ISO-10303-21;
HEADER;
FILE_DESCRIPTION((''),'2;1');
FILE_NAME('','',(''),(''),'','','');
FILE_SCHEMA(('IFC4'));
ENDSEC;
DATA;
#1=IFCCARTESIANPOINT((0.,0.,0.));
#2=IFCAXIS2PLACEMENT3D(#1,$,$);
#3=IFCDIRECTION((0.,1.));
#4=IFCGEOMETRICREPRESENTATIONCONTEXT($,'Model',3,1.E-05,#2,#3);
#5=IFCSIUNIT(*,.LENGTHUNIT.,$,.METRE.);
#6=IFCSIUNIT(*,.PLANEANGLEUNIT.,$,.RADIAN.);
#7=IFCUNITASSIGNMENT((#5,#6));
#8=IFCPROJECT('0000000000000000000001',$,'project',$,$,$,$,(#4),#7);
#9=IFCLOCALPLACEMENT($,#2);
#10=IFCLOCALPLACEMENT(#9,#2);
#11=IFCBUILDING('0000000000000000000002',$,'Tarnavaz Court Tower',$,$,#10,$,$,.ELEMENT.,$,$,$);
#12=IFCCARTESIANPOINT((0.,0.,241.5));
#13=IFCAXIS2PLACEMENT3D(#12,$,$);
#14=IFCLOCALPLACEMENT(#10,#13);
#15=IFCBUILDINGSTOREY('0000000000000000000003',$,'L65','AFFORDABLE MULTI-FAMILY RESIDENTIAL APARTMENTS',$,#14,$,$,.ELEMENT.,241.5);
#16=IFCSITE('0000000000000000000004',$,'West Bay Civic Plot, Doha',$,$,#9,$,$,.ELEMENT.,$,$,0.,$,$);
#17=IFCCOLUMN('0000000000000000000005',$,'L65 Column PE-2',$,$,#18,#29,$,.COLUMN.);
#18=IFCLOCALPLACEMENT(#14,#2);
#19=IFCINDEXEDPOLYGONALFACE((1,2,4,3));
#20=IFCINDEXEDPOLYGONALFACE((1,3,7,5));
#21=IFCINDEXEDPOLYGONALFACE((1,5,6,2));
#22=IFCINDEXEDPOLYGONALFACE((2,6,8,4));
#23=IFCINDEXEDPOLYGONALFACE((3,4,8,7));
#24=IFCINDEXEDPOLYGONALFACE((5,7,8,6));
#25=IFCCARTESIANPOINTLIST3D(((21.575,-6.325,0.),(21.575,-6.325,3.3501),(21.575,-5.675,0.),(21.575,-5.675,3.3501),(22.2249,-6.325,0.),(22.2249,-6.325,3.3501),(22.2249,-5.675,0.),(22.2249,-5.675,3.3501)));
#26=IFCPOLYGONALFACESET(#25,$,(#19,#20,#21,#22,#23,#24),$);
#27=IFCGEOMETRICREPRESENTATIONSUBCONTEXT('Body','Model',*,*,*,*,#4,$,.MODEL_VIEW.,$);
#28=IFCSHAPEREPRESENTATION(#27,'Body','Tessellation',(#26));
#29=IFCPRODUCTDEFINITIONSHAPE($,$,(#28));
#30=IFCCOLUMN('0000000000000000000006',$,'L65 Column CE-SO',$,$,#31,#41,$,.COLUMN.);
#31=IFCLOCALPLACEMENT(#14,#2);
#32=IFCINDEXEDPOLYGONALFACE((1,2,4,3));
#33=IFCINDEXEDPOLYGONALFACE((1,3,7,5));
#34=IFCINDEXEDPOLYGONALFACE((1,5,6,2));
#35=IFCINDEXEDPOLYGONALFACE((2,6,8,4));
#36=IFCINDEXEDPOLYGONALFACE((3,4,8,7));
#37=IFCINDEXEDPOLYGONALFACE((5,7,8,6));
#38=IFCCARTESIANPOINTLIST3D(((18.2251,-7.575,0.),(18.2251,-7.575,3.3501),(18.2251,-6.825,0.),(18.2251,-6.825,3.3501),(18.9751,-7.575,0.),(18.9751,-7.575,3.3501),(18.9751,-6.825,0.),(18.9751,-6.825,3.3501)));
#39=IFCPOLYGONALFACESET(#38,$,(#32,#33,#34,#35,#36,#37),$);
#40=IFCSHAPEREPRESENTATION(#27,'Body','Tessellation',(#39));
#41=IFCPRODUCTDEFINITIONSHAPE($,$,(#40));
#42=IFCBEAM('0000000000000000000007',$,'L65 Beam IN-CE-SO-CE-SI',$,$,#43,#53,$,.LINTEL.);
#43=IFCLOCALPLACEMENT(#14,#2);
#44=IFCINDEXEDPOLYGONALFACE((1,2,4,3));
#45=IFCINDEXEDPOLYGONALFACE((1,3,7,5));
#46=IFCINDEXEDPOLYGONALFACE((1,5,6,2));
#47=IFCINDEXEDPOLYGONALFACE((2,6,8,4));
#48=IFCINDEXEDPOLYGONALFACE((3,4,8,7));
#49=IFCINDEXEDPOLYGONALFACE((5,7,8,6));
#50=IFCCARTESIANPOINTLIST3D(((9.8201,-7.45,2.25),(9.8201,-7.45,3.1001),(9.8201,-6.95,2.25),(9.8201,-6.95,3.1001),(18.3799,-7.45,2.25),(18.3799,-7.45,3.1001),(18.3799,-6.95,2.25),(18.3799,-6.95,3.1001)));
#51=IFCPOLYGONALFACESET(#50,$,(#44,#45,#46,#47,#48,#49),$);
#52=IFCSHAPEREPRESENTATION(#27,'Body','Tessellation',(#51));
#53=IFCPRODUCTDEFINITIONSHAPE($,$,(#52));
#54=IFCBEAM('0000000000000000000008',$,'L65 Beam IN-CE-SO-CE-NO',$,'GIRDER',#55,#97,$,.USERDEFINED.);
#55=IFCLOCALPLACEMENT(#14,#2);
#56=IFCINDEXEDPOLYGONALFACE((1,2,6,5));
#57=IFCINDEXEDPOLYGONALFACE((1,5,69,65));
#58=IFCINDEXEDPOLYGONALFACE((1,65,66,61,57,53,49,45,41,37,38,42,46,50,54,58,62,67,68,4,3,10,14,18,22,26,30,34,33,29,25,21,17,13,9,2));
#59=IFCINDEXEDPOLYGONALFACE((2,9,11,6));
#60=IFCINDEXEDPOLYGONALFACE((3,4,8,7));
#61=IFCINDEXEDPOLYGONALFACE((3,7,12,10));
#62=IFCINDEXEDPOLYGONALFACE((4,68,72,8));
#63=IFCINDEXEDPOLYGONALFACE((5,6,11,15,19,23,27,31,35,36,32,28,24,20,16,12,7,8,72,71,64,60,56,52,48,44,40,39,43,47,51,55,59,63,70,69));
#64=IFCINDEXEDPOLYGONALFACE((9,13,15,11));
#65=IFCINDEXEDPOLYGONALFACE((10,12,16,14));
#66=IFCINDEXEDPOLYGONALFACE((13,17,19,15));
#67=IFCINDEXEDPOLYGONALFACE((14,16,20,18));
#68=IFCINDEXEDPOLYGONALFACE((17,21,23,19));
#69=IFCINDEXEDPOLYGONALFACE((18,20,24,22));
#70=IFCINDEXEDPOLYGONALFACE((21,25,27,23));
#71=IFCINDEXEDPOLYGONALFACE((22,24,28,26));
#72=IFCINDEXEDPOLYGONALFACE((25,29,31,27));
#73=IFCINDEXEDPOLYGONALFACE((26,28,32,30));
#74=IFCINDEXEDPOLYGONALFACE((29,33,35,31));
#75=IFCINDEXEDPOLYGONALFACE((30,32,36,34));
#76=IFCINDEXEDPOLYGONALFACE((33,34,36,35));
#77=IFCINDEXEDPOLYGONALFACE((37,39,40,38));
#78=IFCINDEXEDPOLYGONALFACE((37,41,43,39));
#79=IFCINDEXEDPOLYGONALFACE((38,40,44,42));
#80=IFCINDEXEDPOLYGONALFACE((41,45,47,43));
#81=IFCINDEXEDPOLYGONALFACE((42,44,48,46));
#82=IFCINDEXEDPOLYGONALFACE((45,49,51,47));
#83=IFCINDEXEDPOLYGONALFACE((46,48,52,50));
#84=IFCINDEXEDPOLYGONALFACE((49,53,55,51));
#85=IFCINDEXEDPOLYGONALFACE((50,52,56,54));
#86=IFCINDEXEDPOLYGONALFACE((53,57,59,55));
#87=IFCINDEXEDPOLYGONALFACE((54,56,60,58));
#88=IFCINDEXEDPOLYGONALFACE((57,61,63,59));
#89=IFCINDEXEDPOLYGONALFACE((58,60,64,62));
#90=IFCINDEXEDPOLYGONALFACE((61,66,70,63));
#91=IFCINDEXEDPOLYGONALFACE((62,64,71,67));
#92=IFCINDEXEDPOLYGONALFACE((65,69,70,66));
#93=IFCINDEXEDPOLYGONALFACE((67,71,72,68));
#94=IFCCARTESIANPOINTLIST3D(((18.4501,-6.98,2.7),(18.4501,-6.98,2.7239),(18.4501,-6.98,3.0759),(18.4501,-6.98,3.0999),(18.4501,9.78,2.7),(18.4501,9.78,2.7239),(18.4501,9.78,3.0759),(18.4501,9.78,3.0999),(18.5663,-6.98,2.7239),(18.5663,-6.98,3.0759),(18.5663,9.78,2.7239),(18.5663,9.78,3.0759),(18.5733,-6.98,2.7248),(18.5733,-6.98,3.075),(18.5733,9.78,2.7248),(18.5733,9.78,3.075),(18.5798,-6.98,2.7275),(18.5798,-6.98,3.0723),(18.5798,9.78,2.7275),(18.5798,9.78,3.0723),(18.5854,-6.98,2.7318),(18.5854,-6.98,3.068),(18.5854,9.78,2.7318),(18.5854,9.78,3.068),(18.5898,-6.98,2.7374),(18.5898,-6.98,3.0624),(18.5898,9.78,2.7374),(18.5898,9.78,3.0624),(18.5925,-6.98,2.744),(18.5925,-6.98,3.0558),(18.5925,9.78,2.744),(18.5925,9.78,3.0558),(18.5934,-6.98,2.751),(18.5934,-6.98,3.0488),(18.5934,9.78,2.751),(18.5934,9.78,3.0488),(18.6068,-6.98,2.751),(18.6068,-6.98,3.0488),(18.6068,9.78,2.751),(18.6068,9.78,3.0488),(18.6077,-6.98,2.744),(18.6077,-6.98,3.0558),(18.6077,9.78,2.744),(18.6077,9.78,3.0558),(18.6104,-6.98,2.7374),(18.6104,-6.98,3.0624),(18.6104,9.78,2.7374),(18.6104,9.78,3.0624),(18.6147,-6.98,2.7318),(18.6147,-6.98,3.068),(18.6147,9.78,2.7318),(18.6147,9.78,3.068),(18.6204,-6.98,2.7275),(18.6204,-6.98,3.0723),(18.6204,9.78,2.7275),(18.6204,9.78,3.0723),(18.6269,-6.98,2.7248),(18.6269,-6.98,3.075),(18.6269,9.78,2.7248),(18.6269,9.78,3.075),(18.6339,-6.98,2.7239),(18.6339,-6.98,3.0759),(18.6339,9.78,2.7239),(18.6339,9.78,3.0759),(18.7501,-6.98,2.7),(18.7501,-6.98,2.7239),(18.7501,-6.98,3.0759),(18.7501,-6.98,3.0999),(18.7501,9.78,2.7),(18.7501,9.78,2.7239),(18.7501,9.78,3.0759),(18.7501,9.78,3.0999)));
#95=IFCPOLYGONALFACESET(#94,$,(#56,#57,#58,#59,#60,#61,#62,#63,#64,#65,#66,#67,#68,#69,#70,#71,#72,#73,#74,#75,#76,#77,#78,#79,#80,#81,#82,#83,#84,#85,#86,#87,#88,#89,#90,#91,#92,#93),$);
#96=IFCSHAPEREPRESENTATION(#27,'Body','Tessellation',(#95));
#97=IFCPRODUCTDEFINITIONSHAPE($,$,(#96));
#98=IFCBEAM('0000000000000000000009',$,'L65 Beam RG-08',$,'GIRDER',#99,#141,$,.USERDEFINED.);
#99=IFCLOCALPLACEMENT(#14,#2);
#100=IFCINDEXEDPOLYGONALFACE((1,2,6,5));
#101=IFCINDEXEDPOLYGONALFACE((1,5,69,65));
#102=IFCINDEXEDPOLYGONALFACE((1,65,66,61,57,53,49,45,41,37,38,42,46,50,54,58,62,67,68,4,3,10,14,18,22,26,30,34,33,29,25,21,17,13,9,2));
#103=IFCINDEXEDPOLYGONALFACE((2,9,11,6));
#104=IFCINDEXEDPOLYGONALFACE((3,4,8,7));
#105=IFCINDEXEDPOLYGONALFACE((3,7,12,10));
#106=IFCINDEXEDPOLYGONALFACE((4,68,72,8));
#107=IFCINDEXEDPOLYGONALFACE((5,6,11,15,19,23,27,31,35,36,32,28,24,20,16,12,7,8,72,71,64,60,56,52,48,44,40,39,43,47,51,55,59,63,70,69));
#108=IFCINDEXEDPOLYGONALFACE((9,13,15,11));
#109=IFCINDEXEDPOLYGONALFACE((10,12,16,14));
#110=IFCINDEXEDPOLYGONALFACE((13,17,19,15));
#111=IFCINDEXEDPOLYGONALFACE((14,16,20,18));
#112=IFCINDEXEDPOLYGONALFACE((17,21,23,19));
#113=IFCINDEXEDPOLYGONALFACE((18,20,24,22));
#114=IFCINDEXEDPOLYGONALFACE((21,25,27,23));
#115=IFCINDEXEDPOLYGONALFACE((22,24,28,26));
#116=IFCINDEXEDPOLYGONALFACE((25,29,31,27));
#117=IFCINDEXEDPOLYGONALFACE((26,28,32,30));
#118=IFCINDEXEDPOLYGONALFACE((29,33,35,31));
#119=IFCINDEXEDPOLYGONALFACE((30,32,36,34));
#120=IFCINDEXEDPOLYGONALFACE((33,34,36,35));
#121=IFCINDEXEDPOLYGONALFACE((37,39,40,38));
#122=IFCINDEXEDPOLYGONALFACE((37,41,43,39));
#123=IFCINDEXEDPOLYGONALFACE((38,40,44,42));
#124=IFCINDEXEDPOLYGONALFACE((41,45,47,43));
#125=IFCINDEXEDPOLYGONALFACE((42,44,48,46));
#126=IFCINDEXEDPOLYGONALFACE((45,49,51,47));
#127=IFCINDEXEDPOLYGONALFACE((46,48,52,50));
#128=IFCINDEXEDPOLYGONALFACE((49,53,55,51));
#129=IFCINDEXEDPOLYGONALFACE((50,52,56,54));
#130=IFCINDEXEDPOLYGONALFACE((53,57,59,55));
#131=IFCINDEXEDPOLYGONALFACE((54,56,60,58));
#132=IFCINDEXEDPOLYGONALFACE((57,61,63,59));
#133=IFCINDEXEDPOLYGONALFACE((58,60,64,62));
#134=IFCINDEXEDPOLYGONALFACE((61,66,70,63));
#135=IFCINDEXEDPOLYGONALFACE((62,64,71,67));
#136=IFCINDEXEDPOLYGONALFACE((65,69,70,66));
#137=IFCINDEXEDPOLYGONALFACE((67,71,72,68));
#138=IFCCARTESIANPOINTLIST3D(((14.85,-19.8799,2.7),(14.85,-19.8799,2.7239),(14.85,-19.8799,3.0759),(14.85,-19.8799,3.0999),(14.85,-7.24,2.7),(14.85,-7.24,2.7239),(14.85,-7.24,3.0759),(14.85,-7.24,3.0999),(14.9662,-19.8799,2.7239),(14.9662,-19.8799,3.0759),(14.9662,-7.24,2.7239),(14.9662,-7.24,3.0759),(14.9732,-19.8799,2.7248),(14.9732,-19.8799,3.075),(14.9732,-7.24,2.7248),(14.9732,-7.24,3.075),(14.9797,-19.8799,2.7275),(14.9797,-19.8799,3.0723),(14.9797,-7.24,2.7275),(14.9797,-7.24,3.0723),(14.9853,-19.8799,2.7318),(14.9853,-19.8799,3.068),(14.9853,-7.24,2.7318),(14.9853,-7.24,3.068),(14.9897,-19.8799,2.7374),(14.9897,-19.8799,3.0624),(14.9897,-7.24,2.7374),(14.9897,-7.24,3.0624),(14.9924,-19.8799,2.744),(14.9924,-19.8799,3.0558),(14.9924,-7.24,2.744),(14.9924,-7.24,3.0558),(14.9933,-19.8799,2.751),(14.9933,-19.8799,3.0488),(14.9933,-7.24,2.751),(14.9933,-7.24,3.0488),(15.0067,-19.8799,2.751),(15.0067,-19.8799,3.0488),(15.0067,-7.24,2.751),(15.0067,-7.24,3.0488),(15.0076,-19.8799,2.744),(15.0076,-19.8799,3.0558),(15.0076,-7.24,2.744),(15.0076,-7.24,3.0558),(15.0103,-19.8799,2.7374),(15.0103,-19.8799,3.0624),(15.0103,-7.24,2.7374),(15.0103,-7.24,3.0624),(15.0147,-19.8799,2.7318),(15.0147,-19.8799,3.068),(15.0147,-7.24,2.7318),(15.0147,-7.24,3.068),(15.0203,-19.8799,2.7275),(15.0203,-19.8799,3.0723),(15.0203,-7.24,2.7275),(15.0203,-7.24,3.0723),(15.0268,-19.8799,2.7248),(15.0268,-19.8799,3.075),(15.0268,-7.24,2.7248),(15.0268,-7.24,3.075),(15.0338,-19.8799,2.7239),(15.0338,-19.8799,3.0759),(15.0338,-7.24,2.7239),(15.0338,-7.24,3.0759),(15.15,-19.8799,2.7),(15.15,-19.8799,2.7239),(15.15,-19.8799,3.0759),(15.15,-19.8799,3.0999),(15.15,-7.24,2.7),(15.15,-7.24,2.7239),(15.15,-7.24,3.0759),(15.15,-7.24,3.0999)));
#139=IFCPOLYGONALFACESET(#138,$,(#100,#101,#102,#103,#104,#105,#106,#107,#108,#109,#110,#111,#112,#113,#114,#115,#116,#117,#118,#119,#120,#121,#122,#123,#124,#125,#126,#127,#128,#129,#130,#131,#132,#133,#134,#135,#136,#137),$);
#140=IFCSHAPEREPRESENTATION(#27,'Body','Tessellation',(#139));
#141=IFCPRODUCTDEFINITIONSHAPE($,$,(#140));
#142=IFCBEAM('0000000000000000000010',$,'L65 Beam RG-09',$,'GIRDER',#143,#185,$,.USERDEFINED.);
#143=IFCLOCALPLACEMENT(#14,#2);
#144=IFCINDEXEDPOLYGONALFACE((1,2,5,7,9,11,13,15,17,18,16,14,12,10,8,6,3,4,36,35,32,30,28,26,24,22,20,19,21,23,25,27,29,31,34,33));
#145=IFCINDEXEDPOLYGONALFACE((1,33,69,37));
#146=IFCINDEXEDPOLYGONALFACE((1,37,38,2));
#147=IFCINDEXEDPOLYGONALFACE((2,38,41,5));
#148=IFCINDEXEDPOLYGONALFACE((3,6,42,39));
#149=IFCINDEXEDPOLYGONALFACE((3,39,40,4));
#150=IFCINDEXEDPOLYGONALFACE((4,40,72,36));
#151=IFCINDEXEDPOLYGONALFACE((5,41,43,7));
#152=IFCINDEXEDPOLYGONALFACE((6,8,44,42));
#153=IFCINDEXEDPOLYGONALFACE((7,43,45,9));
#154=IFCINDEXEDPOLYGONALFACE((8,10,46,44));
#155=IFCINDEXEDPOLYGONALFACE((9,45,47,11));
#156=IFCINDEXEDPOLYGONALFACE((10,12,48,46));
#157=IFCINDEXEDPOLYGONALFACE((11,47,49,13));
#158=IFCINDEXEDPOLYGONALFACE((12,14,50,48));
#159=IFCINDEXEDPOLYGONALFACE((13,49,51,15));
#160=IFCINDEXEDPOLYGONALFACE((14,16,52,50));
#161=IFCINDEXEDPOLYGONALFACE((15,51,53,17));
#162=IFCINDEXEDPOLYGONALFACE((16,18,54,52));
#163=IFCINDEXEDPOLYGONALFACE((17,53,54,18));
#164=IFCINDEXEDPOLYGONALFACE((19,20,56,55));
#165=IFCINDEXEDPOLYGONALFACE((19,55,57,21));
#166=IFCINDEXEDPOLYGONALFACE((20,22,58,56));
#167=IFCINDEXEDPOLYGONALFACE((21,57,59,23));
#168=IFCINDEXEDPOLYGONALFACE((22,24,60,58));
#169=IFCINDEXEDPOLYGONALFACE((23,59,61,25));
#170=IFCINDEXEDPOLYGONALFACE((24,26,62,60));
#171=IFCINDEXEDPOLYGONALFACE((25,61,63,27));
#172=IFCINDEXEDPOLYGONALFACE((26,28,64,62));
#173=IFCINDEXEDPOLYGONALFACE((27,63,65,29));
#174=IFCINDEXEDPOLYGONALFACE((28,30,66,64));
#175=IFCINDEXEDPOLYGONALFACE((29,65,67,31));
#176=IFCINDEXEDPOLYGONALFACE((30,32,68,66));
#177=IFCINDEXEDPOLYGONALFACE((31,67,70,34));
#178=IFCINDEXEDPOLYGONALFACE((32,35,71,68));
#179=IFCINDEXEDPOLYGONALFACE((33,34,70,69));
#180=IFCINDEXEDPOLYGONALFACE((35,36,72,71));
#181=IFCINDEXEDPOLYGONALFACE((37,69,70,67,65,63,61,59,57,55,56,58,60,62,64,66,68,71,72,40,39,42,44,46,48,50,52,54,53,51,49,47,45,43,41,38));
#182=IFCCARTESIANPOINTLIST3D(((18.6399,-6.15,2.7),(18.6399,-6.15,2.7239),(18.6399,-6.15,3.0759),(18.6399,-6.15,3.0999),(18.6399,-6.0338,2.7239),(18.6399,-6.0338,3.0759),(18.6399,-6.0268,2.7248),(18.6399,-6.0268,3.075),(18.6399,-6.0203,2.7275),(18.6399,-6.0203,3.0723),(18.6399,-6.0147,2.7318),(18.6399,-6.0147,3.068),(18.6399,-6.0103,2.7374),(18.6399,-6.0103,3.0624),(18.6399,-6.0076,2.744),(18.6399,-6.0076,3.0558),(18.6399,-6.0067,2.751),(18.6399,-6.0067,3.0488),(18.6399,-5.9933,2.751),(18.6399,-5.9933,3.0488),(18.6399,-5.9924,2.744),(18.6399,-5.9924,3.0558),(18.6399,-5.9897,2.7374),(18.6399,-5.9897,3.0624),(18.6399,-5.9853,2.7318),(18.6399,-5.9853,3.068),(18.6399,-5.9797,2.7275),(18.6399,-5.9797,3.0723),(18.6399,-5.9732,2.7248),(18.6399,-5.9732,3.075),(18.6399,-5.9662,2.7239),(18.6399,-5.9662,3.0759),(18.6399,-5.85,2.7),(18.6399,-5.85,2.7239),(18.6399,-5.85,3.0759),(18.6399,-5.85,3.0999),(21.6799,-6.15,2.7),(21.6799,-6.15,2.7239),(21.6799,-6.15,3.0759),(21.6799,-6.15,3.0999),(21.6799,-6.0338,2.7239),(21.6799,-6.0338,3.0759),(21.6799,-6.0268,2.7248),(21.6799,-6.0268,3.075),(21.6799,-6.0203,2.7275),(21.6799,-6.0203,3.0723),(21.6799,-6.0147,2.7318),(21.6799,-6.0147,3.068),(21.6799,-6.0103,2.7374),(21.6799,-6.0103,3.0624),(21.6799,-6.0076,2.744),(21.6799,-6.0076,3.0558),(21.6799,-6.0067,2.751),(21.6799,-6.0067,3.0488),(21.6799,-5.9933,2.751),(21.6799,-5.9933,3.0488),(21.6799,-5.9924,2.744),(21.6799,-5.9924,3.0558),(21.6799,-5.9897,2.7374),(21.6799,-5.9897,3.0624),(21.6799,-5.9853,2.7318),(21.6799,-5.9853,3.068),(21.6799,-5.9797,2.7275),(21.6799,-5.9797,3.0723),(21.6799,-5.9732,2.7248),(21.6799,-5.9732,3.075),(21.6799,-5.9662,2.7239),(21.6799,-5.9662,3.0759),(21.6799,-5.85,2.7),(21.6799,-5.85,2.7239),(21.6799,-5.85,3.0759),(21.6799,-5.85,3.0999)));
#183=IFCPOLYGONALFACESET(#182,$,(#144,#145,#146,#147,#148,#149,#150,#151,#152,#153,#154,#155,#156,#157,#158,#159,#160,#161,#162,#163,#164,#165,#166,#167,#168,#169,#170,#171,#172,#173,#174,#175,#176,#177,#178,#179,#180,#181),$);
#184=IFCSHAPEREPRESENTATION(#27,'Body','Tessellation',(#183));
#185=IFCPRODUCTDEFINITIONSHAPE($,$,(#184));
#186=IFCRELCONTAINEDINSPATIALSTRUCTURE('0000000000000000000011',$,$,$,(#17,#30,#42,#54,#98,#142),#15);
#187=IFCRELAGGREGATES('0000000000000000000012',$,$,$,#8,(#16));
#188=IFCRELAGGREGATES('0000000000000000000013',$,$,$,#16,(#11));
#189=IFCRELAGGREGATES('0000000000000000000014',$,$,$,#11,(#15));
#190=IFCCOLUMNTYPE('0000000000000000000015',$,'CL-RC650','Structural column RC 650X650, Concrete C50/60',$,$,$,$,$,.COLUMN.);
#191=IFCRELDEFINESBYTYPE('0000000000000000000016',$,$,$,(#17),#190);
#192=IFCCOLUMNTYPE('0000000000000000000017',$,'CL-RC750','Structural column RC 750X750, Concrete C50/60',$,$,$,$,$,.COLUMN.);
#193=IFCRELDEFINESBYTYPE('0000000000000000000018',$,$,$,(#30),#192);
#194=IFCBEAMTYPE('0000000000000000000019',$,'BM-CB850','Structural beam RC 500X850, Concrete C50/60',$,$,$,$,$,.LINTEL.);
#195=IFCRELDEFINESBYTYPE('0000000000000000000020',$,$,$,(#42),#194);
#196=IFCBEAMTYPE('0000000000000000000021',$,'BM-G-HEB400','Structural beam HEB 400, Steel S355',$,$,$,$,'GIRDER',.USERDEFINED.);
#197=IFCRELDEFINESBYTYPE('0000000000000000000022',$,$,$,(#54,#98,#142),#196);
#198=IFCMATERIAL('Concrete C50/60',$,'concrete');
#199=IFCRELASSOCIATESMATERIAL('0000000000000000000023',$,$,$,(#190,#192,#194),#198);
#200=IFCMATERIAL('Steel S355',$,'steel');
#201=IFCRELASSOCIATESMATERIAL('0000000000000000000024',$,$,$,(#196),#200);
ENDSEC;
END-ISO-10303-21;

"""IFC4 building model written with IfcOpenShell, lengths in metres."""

from ifc_helpers import new_model, si_unit, direction, frame, origin, origin_2d, place, context, subcontext, project, spatial, rectangle, i_section, extrude, material, material_profile, profile_set, type_object, element, save


model = new_model("IFC4")

# Units and contexts
model_context = context("Model", 3, precision=1e-05, world=origin(), true_north=direction((0.0, 1.0)))
body_context = subcontext(model_context, "Body", "Model", "MODEL_VIEW")
ifc_project = project(units=[si_unit("LENGTHUNIT", "METRE"), si_unit("PLANEANGLEUNIT", "RADIAN")], contexts=[model_context])

# Site, building, storey
site_placement = place(None, origin())
site = spatial("IfcSite", under=ifc_project, at=site_placement, Name="West Bay Civic Plot, Doha", CompositionType="ELEMENT", RefElevation=0.0)
building_placement = place(site_placement, origin())
building = spatial("IfcBuilding", under=site, at=building_placement, Name="Tarnavaz Court Tower", CompositionType="ELEMENT")
storey_placement = place(building_placement, frame((0.0, 0.0, 241.5)))
storey = spatial("IfcBuildingStorey", under=building, at=storey_placement, Name="L65", Description="AFFORDABLE MULTI-FAMILY RESIDENTIAL APARTMENTS", CompositionType="ELEMENT", Elevation=241.5)

# Columns
ifc_material_1 = material(Name="Concrete C50/60", Category="concrete")
ifc_material_profile_1 = material_profile(ifc_material_1, rectangle(XDim=0.6499, YDim=0.6499, at=origin_2d()), Name="RC 650X650")
ifc_profile_set_1 = profile_set([ifc_material_profile_1], Name="Concrete C50/60")
column_type_1 = type_object("IfcColumnType", Name="CL-RC650", Description="Structural column RC 650X650, Concrete C50/60", PredefinedType="COLUMN", material=ifc_profile_set_1)
column_1_placement = place(storey_placement, frame((21.8999, -6.0, 0.0), z_axis=(0.0, 0.0, 1.0), x_axis=(1.0, 0.0, 0.0)))
element("IfcColumn", 1, at=column_1_placement, inside=storey, type_object=column_type_1, Name="L65 Column PE-2", PredefinedType="COLUMN", context=body_context, shape_type="SweptSolid", body=[
    extrude(rectangle(XDim=0.6499, YDim=0.6499, at=origin_2d()), origin(), (0.0, 0.0, 1.0), 3.3501),
])
ifc_material_profile_2 = material_profile(ifc_material_1, rectangle(XDim=0.75, YDim=0.75, at=origin_2d()), Name="RC 750X750")
ifc_profile_set_2 = profile_set([ifc_material_profile_2], Name="Concrete C50/60")
column_type_2 = type_object("IfcColumnType", Name="CL-RC750", Description="Structural column RC 750X750, Concrete C50/60", PredefinedType="COLUMN", material=ifc_profile_set_2)
column_2_placement = place(storey_placement, frame((18.6001, -7.2, 0.0), z_axis=(0.0, 0.0, 1.0), x_axis=(1.0, 0.0, 0.0)))
element("IfcColumn", 2, at=column_2_placement, inside=storey, type_object=column_type_2, Name="L65 Column CE-SO", PredefinedType="COLUMN", context=body_context, shape_type="SweptSolid", body=[
    extrude(rectangle(XDim=0.75, YDim=0.75, at=origin_2d()), origin(), (0.0, 0.0, 1.0), 3.3501),
])

# Beams
ifc_material_profile_3 = material_profile(ifc_material_1, rectangle(XDim=0.5, YDim=0.8501, at=origin_2d()), Name="RC 500X850")
ifc_profile_set_3 = profile_set([ifc_material_profile_3], Name="Concrete C50/60")
beam_type_1 = type_object("IfcBeamType", Name="BM-CB850", Description="Structural beam RC 500X850, Concrete C50/60", PredefinedType="LINTEL", material=ifc_profile_set_3)
beam_1_placement = place(storey_placement, frame((18.3799, -7.2, 2.675), z_axis=(-1.0, 0.0, 0.0), x_axis=(0.0, -1.0, 0.0)))
element("IfcBeam", 3, at=beam_1_placement, inside=storey, type_object=beam_type_1, Name="L65 Beam IN-CE-SO-CE-SI", PredefinedType="LINTEL", context=body_context, shape_type="SweptSolid", body=[
    extrude(rectangle(XDim=0.5, YDim=0.8501, at=origin_2d()), origin(), (0.0, 0.0, 1.0), 8.5598),
])
ifc_material_2 = material(Name="Steel S355", Category="steel")
ifc_material_profile_4 = material_profile(ifc_material_2, i_section(OverallWidth=0.3, OverallDepth=0.3999, WebThickness=0.0134, FlangeThickness=0.0239, FilletRadius=0.0271, at=origin_2d()), Name="HEB 400")
ifc_profile_set_4 = profile_set([ifc_material_profile_4], Name="Steel S355")
beam_type_2 = type_object("IfcBeamType", Name="BM-G-HEB400", Description="Structural beam HEB 400, Steel S355", ElementType="GIRDER", PredefinedType="USERDEFINED", material=ifc_profile_set_4)
beam_2_placement = place(storey_placement, frame((18.6001, -6.98, 2.8999), z_axis=(0.0, 1.0, 0.0), x_axis=(-1.0, 0.0, 0.0)))
element("IfcBeam", 4, at=beam_2_placement, inside=storey, type_object=beam_type_2, Name="L65 Beam IN-CE-SO-CE-NO", ObjectType="GIRDER", PredefinedType="USERDEFINED", context=body_context, shape_type="SweptSolid", body=[
    extrude(i_section(OverallWidth=0.3, OverallDepth=0.3999, WebThickness=0.0134, FlangeThickness=0.0239, FilletRadius=0.0271, at=origin_2d()), origin(), (0.0, 0.0, 1.0), 16.76),
])
beam_3_placement = place(storey_placement, frame((15.0, -7.24, 2.8999), z_axis=(0.0, -1.0, 0.0), x_axis=(1.0, 0.0, 0.0)))
element("IfcBeam", 5, at=beam_3_placement, inside=storey, type_object=beam_type_2, Name="L65 Beam RG-08", ObjectType="GIRDER", PredefinedType="USERDEFINED", context=body_context, shape_type="SweptSolid", body=[
    extrude(i_section(OverallWidth=0.3, OverallDepth=0.3999, WebThickness=0.0134, FlangeThickness=0.0239, FilletRadius=0.0271, at=origin_2d()), origin(), (0.0, 0.0, 1.0), 12.6399),
])
beam_4_placement = place(storey_placement, frame((18.6399, -6.0, 2.8999), z_axis=(1.0, 0.0, 0.0), x_axis=(0.0, 1.0, 0.0)))
element("IfcBeam", 6, at=beam_4_placement, inside=storey, type_object=beam_type_2, Name="L65 Beam RG-09", ObjectType="GIRDER", PredefinedType="USERDEFINED", context=body_context, shape_type="SweptSolid", body=[
    extrude(i_section(OverallWidth=0.3, OverallDepth=0.3999, WebThickness=0.0134, FlangeThickness=0.0239, FilletRadius=0.0271, at=origin_2d()), origin(), (0.0, 0.0, 1.0), 3.04),
])

save(model, "model.ifc")
